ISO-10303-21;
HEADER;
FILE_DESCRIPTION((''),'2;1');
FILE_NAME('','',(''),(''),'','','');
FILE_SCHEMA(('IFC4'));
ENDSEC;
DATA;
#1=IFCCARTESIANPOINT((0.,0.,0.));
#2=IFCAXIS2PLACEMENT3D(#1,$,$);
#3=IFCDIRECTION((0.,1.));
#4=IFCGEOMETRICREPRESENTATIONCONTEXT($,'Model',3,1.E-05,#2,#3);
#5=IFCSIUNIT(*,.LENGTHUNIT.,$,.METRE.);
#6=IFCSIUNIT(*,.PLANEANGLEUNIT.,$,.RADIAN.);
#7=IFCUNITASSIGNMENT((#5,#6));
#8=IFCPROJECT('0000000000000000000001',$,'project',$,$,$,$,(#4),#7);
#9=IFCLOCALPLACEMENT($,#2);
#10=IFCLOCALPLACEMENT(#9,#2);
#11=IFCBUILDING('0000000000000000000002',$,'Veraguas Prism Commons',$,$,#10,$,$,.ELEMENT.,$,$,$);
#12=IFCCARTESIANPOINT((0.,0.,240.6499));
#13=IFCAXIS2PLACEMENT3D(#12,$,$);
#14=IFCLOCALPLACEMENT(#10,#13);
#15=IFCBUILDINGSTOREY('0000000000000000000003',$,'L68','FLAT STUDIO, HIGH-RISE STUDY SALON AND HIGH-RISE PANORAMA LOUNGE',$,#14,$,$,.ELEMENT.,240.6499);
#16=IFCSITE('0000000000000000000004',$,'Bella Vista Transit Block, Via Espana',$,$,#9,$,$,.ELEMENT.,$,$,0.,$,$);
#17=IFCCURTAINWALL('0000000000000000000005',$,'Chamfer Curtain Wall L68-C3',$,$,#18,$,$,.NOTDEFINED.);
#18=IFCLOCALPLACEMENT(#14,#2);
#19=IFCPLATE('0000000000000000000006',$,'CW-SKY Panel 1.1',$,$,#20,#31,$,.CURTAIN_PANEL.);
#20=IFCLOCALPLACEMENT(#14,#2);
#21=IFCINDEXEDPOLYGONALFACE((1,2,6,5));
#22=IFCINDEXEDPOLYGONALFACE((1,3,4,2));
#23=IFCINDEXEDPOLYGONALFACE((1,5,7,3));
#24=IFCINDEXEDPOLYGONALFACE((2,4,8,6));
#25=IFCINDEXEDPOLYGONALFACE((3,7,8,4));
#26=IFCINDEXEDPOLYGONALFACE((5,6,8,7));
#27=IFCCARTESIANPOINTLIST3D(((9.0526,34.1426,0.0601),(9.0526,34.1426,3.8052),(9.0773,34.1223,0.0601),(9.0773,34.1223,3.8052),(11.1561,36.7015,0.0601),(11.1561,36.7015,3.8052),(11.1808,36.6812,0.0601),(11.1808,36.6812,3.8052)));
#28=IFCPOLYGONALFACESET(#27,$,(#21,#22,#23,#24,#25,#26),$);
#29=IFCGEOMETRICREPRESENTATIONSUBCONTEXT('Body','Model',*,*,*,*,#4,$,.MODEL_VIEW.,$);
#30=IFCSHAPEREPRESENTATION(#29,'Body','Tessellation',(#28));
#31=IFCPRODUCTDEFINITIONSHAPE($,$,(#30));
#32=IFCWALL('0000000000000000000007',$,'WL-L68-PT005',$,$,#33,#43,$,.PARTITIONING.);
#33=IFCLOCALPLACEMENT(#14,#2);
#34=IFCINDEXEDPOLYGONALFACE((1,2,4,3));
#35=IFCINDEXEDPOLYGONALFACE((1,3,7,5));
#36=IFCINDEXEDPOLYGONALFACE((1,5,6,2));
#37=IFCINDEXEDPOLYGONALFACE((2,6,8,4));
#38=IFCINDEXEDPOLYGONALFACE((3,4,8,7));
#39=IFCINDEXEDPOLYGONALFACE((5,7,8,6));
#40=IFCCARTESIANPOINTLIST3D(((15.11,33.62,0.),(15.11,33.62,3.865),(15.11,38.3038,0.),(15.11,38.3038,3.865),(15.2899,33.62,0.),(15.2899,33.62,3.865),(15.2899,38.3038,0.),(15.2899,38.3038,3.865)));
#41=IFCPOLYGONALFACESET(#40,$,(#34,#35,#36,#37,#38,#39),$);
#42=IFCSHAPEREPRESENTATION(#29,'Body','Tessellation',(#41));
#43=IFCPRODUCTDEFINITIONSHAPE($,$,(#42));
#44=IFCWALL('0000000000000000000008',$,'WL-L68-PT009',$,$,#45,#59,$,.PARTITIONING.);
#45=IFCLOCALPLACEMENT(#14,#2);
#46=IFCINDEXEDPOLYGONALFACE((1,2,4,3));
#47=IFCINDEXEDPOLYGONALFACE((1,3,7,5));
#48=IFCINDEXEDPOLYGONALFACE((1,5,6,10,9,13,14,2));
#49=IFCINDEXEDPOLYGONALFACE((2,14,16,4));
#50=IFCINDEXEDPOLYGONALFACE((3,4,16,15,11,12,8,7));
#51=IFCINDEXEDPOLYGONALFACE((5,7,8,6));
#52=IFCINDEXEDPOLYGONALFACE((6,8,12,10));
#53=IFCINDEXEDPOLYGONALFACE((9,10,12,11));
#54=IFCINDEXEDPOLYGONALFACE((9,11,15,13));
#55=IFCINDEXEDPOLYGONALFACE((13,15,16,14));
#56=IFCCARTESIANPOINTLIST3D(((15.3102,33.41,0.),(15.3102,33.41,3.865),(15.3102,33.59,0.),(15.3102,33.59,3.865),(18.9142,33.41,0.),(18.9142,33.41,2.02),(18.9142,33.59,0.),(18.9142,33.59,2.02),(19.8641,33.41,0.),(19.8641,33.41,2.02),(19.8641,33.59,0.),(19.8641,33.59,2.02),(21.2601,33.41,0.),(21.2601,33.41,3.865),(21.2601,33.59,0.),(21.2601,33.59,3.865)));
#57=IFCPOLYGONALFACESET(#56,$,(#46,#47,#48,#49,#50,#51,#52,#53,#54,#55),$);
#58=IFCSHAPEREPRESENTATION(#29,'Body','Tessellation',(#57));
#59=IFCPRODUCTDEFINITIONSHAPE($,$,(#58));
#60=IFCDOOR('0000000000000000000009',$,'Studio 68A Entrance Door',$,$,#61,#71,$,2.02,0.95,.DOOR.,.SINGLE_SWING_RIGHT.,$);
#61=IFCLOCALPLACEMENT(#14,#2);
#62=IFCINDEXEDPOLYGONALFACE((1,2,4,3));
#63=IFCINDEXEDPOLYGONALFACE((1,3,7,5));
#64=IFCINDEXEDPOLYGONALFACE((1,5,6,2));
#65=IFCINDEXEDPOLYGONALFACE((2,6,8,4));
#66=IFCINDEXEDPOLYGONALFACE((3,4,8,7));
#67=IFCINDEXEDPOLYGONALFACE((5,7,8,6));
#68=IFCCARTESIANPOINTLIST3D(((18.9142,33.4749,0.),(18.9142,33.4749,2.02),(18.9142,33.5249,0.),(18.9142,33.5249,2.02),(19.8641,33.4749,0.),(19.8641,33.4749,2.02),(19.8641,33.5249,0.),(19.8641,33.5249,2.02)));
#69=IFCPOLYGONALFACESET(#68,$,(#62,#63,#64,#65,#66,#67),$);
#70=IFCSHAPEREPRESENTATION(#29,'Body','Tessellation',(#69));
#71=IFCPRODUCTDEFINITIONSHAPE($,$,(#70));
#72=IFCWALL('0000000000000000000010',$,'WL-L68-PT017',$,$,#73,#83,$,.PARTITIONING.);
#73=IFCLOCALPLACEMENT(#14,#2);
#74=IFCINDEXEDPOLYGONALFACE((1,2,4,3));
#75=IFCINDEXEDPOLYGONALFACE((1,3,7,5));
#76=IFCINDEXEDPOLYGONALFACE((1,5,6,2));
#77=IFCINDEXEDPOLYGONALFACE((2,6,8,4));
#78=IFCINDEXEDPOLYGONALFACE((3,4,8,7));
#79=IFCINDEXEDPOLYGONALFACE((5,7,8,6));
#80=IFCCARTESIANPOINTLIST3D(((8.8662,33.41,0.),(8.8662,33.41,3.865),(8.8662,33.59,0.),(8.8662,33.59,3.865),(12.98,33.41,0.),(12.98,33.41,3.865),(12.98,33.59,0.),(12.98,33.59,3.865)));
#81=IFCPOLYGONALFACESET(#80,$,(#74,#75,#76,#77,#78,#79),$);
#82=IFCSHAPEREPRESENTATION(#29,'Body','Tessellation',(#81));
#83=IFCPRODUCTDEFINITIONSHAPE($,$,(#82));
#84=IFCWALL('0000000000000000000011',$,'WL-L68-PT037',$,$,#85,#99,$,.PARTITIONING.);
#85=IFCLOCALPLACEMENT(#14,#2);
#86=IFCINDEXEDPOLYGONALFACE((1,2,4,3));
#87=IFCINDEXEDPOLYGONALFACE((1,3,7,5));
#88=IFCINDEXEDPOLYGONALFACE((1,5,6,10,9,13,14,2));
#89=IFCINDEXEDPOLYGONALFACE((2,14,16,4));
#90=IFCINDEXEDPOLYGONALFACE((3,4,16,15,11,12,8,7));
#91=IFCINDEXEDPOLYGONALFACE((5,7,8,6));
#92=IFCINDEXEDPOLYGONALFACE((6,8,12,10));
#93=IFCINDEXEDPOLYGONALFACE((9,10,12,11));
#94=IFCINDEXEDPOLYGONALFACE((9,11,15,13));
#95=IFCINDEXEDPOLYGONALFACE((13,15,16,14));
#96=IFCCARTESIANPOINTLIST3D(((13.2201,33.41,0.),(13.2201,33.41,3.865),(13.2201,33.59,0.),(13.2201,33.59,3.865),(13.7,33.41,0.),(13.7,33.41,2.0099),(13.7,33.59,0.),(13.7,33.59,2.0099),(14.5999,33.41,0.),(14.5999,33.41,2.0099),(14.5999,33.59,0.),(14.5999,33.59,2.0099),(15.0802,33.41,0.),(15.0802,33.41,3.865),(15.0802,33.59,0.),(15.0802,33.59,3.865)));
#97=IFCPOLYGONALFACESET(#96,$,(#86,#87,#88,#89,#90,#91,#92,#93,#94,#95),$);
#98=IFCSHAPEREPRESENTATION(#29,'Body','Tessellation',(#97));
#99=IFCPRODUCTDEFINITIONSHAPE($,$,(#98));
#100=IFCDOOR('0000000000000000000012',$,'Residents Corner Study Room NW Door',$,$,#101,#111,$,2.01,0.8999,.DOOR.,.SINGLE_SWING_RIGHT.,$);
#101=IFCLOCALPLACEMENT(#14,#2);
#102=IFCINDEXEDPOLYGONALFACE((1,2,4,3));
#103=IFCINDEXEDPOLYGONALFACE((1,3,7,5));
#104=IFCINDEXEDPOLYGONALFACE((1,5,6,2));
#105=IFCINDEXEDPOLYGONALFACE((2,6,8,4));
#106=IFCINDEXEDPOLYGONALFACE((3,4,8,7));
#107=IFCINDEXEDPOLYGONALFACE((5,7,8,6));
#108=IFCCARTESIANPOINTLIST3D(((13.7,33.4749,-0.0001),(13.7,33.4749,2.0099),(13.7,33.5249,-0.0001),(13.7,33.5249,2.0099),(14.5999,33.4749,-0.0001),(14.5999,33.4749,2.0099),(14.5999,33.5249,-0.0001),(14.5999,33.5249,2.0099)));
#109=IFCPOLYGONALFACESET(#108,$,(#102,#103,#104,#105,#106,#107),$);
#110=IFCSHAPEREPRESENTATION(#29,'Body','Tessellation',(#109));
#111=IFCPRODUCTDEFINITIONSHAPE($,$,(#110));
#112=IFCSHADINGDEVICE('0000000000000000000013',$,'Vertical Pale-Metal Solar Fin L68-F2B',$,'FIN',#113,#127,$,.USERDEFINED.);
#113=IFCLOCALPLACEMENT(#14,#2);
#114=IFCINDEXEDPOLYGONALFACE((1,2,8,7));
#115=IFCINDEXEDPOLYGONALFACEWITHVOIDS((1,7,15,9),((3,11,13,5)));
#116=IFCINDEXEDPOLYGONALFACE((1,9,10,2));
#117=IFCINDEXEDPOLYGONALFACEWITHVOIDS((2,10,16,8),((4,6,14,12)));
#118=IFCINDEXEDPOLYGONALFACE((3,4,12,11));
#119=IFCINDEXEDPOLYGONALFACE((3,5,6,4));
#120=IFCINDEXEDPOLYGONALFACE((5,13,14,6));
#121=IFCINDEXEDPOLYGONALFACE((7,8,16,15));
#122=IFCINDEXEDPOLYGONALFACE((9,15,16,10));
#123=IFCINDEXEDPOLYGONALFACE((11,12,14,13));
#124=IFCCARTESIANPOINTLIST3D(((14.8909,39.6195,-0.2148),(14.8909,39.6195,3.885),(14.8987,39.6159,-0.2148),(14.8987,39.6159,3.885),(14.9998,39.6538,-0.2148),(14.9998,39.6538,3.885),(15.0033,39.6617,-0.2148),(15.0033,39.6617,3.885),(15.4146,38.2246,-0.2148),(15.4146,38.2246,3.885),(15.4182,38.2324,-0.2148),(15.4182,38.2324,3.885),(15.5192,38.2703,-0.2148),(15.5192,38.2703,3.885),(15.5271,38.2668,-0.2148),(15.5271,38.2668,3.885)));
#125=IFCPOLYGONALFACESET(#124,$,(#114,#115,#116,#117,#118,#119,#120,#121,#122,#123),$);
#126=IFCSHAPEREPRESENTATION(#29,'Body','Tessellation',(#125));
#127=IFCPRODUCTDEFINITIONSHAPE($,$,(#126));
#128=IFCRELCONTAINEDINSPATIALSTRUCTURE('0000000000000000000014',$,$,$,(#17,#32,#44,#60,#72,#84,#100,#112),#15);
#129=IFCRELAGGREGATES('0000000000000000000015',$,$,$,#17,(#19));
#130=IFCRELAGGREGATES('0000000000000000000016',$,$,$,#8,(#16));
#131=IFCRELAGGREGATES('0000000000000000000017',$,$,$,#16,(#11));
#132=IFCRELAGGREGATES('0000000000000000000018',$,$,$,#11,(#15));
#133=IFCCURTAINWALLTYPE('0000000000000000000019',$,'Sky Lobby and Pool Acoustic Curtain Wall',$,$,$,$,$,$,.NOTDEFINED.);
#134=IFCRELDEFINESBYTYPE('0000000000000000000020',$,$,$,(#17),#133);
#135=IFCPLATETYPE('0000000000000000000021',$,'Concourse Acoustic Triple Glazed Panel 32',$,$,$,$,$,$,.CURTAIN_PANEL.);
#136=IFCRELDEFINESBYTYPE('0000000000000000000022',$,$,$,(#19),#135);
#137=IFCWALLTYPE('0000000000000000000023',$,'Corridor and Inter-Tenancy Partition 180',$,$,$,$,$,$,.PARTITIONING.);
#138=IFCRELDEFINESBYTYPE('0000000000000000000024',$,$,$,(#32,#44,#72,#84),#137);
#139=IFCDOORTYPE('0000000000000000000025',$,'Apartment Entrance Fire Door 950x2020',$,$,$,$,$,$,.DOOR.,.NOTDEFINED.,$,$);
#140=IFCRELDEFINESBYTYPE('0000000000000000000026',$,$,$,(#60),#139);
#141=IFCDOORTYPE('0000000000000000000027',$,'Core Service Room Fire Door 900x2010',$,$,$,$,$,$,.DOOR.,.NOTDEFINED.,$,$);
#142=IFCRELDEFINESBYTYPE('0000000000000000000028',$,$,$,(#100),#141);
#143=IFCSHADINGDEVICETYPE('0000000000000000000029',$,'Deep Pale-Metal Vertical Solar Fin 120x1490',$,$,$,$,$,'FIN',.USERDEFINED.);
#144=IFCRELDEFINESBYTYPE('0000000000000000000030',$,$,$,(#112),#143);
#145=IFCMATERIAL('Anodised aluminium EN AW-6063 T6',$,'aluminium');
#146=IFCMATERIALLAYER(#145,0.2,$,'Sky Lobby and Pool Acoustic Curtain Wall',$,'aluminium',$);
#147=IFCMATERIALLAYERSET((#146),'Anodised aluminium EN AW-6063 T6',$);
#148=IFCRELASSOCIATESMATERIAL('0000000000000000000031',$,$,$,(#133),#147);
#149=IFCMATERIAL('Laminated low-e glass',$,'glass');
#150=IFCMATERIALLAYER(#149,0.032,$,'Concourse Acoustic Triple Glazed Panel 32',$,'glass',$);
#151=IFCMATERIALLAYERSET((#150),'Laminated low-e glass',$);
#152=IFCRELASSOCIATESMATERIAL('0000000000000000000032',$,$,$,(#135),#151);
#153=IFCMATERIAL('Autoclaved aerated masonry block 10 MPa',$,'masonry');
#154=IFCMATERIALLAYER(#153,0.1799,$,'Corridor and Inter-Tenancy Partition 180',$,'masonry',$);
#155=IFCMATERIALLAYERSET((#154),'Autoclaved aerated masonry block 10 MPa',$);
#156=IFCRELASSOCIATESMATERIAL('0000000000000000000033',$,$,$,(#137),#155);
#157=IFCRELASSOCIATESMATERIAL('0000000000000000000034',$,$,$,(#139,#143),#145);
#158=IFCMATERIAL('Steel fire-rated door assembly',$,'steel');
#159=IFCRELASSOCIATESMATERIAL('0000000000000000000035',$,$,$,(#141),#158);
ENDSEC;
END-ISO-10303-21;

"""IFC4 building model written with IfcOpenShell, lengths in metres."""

from ifc_helpers import new_model, si_unit, direction, frame, frame_2d, origin, origin_2d, place, context, subcontext, project, spatial, rectangle, hollow_rectangle, extrude, source, transform, mapped, material, layer, layer_set, material_profile, profile_set, type_object, element, fill, aggregate, save


model = new_model("IFC4")

# Units and contexts
model_context = context("Model", 3, precision=1e-05, world=origin(), true_north=direction((0.0, 1.0)))
body_context = subcontext(model_context, "Body", "Model", "MODEL_VIEW")
ifc_project = project(units=[si_unit("LENGTHUNIT", "METRE"), si_unit("PLANEANGLEUNIT", "RADIAN")], contexts=[model_context])

# Site, building, storey
site_placement = place(None, origin())
site = spatial("IfcSite", under=ifc_project, at=site_placement, Name="Bella Vista Transit Block, Via Espana", CompositionType="ELEMENT", RefElevation=0.0)
building_placement = place(site_placement, origin())
building = spatial("IfcBuilding", under=site, at=building_placement, Name="Veraguas Prism Commons", CompositionType="ELEMENT")
storey_placement = place(building_placement, frame((0.0, 0.0, 240.6499)))
storey = spatial("IfcBuildingStorey", under=building, at=storey_placement, Name="L68", Description="FLAT STUDIO, HIGH-RISE STUDY SALON AND HIGH-RISE PANORAMA LOUNGE", CompositionType="ELEMENT", Elevation=240.6499)

# Shared definitions
ifc_material_1 = material(Name="Anodised aluminium EN AW-6063 T6", Category="aluminium")
ifc_layer_1 = layer(ifc_material_1, 0.2, Name="Sky Lobby and Pool Acoustic Curtain Wall", Category="aluminium")
ifc_layer_set_1 = layer_set([ifc_layer_1], Name="Anodised aluminium EN AW-6063 T6")
curtain_wall_type = type_object("IfcCurtainWallType", Name="Sky Lobby and Pool Acoustic Curtain Wall", PredefinedType="NOTDEFINED", material=ifc_layer_set_1)

# Curtain wall
curtain_wall_1_placement = place(storey_placement, origin())
curtain_wall_1 = element("IfcCurtainWall", 1, at=curtain_wall_1_placement, inside=storey, type_object=curtain_wall_type, Name="Chamfer Curtain Wall L68-C3", PredefinedType="NOTDEFINED")

# Plate
ifc_material_2 = material(Name="Laminated low-e glass", Category="glass")
ifc_layer_2 = layer(ifc_material_2, 0.032, Name="Concourse Acoustic Triple Glazed Panel 32", Category="glass")
ifc_layer_set_2 = layer_set([ifc_layer_2], Name="Laminated low-e glass")
plate_type = type_object("IfcPlateType", Name="Concourse Acoustic Triple Glazed Panel 32", PredefinedType="CURTAIN_PANEL", material=ifc_layer_set_2)
shared_shape_1 = source(origin(), body_context, "Body", "SweptSolid", [
    extrude(rectangle(XDim=3.3125, YDim=0.032, at=origin_2d()), origin(), (0.0, 0.0, 1.0), 3.7451),
])
plate_1_placement = place(storey_placement, frame((10.1167, 35.4119, 0.0601), z_axis=(0.0, 0.0, 1.0), x_axis=(-0.635012, -0.772502, 0.0)))
plate_1 = element("IfcPlate", 2, at=plate_1_placement, type_object=plate_type, Name="CW-SKY Panel 1.1", PredefinedType="CURTAIN_PANEL", context=body_context, shape_type="MappedRepresentation", body=[
    mapped(shared_shape_1, transform((0.0, 0.0, 0.0), scale=1.0)),
])
aggregate(curtain_wall_1, [plate_1])

# Wall
ifc_material_3 = material(Name="Autoclaved aerated masonry block 10 MPa", Category="masonry")
ifc_layer_3 = layer(ifc_material_3, 0.1799, Name="Corridor and Inter-Tenancy Partition 180", Category="masonry")
ifc_layer_set_3 = layer_set([ifc_layer_3], Name="Autoclaved aerated masonry block 10 MPa")
wall_type = type_object("IfcWallType", Name="Corridor and Inter-Tenancy Partition 180", PredefinedType="PARTITIONING", material=ifc_layer_set_3)
wall_1_placement = place(storey_placement, frame((15.2, 33.6201, 0.0), z_axis=(0.0, 0.0, 1.0), x_axis=(0.0, 1.0, 0.0)))
element("IfcWall", 3, at=wall_1_placement, inside=storey, type_object=wall_type, Name="WL-L68-PT005", PredefinedType="PARTITIONING", context=body_context, shape_type="SweptSolid", body=[
    extrude(rectangle(XDim=4.6838, YDim=0.1799, at=frame_2d((2.3418, 0.0))), origin(), (0.0, 0.0, 1.0), 3.865),
])

# Wall, opening, door
wall_2_placement = place(storey_placement, frame((15.3101, 33.5, 0.0), z_axis=(0.0, 0.0, 1.0), x_axis=(1.0, 0.0, 0.0)))
wall_2 = element("IfcWall", 4, at=wall_2_placement, inside=storey, type_object=wall_type, Name="WL-L68-PT009", PredefinedType="PARTITIONING", context=body_context, shape_type="SweptSolid", body=[
    extrude(rectangle(XDim=5.95, YDim=0.1799, at=frame_2d((2.9751, 0.0))), origin(), (0.0, 0.0, 1.0), 3.865),
])
opening_1_placement = place(wall_2_placement, frame((3.604, 0.0, 0.0)))
opening_1 = element("IfcOpeningElement", 5, at=opening_1_placement, cuts=wall_2, PredefinedType="OPENING", context=body_context, shape_type="SweptSolid", body=[
    extrude(rectangle(XDim=0.95, YDim=2.02, at=frame_2d((0.4751, 1.01))), frame((0.0, 0.0999, 0.0), z_axis=(0.0, -1.0, 0.0), x_axis=(1.0, 0.0, 0.0)), (0.0, 0.0, 1.0), 0.2),
])
door_type_1 = type_object("IfcDoorType", Name="Apartment Entrance Fire Door 950x2020", OperationType="NOTDEFINED", PredefinedType="DOOR", material=ifc_material_1)
shared_shape_2 = source(origin(), body_context, "Body", "SweptSolid", [
    extrude(rectangle(XDim=0.95, YDim=2.02, at=frame_2d((0.4751, 1.01))), frame((0.0, 0.0249, 0.0), z_axis=(0.0, -1.0, 0.0), x_axis=(1.0, 0.0, 0.0)), (0.0, 0.0, 1.0), 0.05),
])
door_1_placement = place(opening_1_placement, origin())
door_1 = element("IfcDoor", 6, at=door_1_placement, inside=storey, type_object=door_type_1, Name="Studio 68A Entrance Door", OperationType="SINGLE_SWING_RIGHT", OverallHeight=2.02, OverallWidth=0.95, PredefinedType="DOOR", context=body_context, shape_type="MappedRepresentation", body=[
    mapped(shared_shape_2, transform((0.0, 0.0, 0.0), scale=1.0)),
])
fill(opening_1, door_1)

# Wall
wall_3_placement = place(storey_placement, frame((12.98, 33.5, 0.0), z_axis=(0.0, 0.0, 1.0), x_axis=(-1.0, 0.0, 0.0)))
element("IfcWall", 7, at=wall_3_placement, inside=storey, type_object=wall_type, Name="WL-L68-PT017", PredefinedType="PARTITIONING", context=body_context, shape_type="SweptSolid", body=[
    extrude(rectangle(XDim=4.1138, YDim=0.1799, at=frame_2d((2.0569, 0.0))), origin(), (0.0, 0.0, 1.0), 3.865),
])

# Wall, opening, door
wall_4_placement = place(storey_placement, frame((13.22, 33.5, 0.0), z_axis=(0.0, 0.0, 1.0), x_axis=(1.0, 0.0, 0.0)))
wall_4 = element("IfcWall", 8, at=wall_4_placement, inside=storey, type_object=wall_type, Name="WL-L68-PT037", PredefinedType="PARTITIONING", context=body_context, shape_type="SweptSolid", body=[
    extrude(rectangle(XDim=1.8601, YDim=0.1799, at=frame_2d((0.9302, 0.0))), origin(), (0.0, 0.0, 1.0), 3.865),
])
opening_2_placement = place(wall_4_placement, frame((0.48, 0.0, 0.0)))
opening_2 = element("IfcOpeningElement", 9, at=opening_2_placement, cuts=wall_4, PredefinedType="OPENING", context=body_context, shape_type="SweptSolid", body=[
    extrude(rectangle(XDim=0.8999, YDim=2.01, at=frame_2d((0.45, 1.0049))), frame((0.0, 0.0999, 0.0), z_axis=(0.0, -1.0, 0.0), x_axis=(1.0, 0.0, 0.0)), (0.0, 0.0, 1.0), 0.2),
])
ifc_material_4 = material(Name="Steel fire-rated door assembly", Category="steel")
door_type_2 = type_object("IfcDoorType", Name="Core Service Room Fire Door 900x2010", OperationType="NOTDEFINED", PredefinedType="DOOR", material=ifc_material_4)
shared_shape_3 = source(origin(), body_context, "Body", "SweptSolid", [
    extrude(rectangle(XDim=0.8999, YDim=2.01, at=frame_2d((0.45, 1.0049))), frame((0.0, 0.0249, 0.0), z_axis=(0.0, -1.0, 0.0), x_axis=(1.0, 0.0, 0.0)), (0.0, 0.0, 1.0), 0.05),
])
door_2_placement = place(opening_2_placement, origin())
door_2 = element("IfcDoor", 10, at=door_2_placement, inside=storey, type_object=door_type_2, Name="Residents Corner Study Room NW Door", OperationType="SINGLE_SWING_RIGHT", OverallHeight=2.01, OverallWidth=0.8999, PredefinedType="DOOR", context=body_context, shape_type="MappedRepresentation", body=[
    mapped(shared_shape_3, transform((0.0, 0.0, 0.0), scale=1.0)),
])
fill(opening_2, door_2)

# Shading device
ifc_material_profile_1 = material_profile(ifc_material_1, hollow_rectangle(XDim=0.1201, YDim=1.49, WallThickness=0.0061, at=origin_2d()), Name="FIN120X1490X6")
ifc_profile_set_1 = profile_set([ifc_material_profile_1], Name="Anodised aluminium EN AW-6063 T6")
shading_device_type = type_object("IfcShadingDeviceType", Name="Deep Pale-Metal Vertical Solar Fin 120x1490", ElementType="FIN", PredefinedType="USERDEFINED", material=ifc_profile_set_1)
shading_device_placement = place(storey_placement, frame((15.209, 38.9431, -0.2148), z_axis=(0.0, 0.0, 1.0), x_axis=(-0.936182, -0.351515, 0.0)))
element("IfcShadingDevice", 11, at=shading_device_placement, inside=storey, type_object=shading_device_type, Name="Vertical Pale-Metal Solar Fin L68-F2B", ObjectType="FIN", PredefinedType="USERDEFINED", context=body_context, shape_type="SweptSolid", body=[
    extrude(hollow_rectangle(XDim=0.1201, YDim=1.49, WallThickness=0.0061, at=origin_2d()), origin(), (0.0, 0.0, 1.0), 4.0999),
])

save(model, "model.ifc")
